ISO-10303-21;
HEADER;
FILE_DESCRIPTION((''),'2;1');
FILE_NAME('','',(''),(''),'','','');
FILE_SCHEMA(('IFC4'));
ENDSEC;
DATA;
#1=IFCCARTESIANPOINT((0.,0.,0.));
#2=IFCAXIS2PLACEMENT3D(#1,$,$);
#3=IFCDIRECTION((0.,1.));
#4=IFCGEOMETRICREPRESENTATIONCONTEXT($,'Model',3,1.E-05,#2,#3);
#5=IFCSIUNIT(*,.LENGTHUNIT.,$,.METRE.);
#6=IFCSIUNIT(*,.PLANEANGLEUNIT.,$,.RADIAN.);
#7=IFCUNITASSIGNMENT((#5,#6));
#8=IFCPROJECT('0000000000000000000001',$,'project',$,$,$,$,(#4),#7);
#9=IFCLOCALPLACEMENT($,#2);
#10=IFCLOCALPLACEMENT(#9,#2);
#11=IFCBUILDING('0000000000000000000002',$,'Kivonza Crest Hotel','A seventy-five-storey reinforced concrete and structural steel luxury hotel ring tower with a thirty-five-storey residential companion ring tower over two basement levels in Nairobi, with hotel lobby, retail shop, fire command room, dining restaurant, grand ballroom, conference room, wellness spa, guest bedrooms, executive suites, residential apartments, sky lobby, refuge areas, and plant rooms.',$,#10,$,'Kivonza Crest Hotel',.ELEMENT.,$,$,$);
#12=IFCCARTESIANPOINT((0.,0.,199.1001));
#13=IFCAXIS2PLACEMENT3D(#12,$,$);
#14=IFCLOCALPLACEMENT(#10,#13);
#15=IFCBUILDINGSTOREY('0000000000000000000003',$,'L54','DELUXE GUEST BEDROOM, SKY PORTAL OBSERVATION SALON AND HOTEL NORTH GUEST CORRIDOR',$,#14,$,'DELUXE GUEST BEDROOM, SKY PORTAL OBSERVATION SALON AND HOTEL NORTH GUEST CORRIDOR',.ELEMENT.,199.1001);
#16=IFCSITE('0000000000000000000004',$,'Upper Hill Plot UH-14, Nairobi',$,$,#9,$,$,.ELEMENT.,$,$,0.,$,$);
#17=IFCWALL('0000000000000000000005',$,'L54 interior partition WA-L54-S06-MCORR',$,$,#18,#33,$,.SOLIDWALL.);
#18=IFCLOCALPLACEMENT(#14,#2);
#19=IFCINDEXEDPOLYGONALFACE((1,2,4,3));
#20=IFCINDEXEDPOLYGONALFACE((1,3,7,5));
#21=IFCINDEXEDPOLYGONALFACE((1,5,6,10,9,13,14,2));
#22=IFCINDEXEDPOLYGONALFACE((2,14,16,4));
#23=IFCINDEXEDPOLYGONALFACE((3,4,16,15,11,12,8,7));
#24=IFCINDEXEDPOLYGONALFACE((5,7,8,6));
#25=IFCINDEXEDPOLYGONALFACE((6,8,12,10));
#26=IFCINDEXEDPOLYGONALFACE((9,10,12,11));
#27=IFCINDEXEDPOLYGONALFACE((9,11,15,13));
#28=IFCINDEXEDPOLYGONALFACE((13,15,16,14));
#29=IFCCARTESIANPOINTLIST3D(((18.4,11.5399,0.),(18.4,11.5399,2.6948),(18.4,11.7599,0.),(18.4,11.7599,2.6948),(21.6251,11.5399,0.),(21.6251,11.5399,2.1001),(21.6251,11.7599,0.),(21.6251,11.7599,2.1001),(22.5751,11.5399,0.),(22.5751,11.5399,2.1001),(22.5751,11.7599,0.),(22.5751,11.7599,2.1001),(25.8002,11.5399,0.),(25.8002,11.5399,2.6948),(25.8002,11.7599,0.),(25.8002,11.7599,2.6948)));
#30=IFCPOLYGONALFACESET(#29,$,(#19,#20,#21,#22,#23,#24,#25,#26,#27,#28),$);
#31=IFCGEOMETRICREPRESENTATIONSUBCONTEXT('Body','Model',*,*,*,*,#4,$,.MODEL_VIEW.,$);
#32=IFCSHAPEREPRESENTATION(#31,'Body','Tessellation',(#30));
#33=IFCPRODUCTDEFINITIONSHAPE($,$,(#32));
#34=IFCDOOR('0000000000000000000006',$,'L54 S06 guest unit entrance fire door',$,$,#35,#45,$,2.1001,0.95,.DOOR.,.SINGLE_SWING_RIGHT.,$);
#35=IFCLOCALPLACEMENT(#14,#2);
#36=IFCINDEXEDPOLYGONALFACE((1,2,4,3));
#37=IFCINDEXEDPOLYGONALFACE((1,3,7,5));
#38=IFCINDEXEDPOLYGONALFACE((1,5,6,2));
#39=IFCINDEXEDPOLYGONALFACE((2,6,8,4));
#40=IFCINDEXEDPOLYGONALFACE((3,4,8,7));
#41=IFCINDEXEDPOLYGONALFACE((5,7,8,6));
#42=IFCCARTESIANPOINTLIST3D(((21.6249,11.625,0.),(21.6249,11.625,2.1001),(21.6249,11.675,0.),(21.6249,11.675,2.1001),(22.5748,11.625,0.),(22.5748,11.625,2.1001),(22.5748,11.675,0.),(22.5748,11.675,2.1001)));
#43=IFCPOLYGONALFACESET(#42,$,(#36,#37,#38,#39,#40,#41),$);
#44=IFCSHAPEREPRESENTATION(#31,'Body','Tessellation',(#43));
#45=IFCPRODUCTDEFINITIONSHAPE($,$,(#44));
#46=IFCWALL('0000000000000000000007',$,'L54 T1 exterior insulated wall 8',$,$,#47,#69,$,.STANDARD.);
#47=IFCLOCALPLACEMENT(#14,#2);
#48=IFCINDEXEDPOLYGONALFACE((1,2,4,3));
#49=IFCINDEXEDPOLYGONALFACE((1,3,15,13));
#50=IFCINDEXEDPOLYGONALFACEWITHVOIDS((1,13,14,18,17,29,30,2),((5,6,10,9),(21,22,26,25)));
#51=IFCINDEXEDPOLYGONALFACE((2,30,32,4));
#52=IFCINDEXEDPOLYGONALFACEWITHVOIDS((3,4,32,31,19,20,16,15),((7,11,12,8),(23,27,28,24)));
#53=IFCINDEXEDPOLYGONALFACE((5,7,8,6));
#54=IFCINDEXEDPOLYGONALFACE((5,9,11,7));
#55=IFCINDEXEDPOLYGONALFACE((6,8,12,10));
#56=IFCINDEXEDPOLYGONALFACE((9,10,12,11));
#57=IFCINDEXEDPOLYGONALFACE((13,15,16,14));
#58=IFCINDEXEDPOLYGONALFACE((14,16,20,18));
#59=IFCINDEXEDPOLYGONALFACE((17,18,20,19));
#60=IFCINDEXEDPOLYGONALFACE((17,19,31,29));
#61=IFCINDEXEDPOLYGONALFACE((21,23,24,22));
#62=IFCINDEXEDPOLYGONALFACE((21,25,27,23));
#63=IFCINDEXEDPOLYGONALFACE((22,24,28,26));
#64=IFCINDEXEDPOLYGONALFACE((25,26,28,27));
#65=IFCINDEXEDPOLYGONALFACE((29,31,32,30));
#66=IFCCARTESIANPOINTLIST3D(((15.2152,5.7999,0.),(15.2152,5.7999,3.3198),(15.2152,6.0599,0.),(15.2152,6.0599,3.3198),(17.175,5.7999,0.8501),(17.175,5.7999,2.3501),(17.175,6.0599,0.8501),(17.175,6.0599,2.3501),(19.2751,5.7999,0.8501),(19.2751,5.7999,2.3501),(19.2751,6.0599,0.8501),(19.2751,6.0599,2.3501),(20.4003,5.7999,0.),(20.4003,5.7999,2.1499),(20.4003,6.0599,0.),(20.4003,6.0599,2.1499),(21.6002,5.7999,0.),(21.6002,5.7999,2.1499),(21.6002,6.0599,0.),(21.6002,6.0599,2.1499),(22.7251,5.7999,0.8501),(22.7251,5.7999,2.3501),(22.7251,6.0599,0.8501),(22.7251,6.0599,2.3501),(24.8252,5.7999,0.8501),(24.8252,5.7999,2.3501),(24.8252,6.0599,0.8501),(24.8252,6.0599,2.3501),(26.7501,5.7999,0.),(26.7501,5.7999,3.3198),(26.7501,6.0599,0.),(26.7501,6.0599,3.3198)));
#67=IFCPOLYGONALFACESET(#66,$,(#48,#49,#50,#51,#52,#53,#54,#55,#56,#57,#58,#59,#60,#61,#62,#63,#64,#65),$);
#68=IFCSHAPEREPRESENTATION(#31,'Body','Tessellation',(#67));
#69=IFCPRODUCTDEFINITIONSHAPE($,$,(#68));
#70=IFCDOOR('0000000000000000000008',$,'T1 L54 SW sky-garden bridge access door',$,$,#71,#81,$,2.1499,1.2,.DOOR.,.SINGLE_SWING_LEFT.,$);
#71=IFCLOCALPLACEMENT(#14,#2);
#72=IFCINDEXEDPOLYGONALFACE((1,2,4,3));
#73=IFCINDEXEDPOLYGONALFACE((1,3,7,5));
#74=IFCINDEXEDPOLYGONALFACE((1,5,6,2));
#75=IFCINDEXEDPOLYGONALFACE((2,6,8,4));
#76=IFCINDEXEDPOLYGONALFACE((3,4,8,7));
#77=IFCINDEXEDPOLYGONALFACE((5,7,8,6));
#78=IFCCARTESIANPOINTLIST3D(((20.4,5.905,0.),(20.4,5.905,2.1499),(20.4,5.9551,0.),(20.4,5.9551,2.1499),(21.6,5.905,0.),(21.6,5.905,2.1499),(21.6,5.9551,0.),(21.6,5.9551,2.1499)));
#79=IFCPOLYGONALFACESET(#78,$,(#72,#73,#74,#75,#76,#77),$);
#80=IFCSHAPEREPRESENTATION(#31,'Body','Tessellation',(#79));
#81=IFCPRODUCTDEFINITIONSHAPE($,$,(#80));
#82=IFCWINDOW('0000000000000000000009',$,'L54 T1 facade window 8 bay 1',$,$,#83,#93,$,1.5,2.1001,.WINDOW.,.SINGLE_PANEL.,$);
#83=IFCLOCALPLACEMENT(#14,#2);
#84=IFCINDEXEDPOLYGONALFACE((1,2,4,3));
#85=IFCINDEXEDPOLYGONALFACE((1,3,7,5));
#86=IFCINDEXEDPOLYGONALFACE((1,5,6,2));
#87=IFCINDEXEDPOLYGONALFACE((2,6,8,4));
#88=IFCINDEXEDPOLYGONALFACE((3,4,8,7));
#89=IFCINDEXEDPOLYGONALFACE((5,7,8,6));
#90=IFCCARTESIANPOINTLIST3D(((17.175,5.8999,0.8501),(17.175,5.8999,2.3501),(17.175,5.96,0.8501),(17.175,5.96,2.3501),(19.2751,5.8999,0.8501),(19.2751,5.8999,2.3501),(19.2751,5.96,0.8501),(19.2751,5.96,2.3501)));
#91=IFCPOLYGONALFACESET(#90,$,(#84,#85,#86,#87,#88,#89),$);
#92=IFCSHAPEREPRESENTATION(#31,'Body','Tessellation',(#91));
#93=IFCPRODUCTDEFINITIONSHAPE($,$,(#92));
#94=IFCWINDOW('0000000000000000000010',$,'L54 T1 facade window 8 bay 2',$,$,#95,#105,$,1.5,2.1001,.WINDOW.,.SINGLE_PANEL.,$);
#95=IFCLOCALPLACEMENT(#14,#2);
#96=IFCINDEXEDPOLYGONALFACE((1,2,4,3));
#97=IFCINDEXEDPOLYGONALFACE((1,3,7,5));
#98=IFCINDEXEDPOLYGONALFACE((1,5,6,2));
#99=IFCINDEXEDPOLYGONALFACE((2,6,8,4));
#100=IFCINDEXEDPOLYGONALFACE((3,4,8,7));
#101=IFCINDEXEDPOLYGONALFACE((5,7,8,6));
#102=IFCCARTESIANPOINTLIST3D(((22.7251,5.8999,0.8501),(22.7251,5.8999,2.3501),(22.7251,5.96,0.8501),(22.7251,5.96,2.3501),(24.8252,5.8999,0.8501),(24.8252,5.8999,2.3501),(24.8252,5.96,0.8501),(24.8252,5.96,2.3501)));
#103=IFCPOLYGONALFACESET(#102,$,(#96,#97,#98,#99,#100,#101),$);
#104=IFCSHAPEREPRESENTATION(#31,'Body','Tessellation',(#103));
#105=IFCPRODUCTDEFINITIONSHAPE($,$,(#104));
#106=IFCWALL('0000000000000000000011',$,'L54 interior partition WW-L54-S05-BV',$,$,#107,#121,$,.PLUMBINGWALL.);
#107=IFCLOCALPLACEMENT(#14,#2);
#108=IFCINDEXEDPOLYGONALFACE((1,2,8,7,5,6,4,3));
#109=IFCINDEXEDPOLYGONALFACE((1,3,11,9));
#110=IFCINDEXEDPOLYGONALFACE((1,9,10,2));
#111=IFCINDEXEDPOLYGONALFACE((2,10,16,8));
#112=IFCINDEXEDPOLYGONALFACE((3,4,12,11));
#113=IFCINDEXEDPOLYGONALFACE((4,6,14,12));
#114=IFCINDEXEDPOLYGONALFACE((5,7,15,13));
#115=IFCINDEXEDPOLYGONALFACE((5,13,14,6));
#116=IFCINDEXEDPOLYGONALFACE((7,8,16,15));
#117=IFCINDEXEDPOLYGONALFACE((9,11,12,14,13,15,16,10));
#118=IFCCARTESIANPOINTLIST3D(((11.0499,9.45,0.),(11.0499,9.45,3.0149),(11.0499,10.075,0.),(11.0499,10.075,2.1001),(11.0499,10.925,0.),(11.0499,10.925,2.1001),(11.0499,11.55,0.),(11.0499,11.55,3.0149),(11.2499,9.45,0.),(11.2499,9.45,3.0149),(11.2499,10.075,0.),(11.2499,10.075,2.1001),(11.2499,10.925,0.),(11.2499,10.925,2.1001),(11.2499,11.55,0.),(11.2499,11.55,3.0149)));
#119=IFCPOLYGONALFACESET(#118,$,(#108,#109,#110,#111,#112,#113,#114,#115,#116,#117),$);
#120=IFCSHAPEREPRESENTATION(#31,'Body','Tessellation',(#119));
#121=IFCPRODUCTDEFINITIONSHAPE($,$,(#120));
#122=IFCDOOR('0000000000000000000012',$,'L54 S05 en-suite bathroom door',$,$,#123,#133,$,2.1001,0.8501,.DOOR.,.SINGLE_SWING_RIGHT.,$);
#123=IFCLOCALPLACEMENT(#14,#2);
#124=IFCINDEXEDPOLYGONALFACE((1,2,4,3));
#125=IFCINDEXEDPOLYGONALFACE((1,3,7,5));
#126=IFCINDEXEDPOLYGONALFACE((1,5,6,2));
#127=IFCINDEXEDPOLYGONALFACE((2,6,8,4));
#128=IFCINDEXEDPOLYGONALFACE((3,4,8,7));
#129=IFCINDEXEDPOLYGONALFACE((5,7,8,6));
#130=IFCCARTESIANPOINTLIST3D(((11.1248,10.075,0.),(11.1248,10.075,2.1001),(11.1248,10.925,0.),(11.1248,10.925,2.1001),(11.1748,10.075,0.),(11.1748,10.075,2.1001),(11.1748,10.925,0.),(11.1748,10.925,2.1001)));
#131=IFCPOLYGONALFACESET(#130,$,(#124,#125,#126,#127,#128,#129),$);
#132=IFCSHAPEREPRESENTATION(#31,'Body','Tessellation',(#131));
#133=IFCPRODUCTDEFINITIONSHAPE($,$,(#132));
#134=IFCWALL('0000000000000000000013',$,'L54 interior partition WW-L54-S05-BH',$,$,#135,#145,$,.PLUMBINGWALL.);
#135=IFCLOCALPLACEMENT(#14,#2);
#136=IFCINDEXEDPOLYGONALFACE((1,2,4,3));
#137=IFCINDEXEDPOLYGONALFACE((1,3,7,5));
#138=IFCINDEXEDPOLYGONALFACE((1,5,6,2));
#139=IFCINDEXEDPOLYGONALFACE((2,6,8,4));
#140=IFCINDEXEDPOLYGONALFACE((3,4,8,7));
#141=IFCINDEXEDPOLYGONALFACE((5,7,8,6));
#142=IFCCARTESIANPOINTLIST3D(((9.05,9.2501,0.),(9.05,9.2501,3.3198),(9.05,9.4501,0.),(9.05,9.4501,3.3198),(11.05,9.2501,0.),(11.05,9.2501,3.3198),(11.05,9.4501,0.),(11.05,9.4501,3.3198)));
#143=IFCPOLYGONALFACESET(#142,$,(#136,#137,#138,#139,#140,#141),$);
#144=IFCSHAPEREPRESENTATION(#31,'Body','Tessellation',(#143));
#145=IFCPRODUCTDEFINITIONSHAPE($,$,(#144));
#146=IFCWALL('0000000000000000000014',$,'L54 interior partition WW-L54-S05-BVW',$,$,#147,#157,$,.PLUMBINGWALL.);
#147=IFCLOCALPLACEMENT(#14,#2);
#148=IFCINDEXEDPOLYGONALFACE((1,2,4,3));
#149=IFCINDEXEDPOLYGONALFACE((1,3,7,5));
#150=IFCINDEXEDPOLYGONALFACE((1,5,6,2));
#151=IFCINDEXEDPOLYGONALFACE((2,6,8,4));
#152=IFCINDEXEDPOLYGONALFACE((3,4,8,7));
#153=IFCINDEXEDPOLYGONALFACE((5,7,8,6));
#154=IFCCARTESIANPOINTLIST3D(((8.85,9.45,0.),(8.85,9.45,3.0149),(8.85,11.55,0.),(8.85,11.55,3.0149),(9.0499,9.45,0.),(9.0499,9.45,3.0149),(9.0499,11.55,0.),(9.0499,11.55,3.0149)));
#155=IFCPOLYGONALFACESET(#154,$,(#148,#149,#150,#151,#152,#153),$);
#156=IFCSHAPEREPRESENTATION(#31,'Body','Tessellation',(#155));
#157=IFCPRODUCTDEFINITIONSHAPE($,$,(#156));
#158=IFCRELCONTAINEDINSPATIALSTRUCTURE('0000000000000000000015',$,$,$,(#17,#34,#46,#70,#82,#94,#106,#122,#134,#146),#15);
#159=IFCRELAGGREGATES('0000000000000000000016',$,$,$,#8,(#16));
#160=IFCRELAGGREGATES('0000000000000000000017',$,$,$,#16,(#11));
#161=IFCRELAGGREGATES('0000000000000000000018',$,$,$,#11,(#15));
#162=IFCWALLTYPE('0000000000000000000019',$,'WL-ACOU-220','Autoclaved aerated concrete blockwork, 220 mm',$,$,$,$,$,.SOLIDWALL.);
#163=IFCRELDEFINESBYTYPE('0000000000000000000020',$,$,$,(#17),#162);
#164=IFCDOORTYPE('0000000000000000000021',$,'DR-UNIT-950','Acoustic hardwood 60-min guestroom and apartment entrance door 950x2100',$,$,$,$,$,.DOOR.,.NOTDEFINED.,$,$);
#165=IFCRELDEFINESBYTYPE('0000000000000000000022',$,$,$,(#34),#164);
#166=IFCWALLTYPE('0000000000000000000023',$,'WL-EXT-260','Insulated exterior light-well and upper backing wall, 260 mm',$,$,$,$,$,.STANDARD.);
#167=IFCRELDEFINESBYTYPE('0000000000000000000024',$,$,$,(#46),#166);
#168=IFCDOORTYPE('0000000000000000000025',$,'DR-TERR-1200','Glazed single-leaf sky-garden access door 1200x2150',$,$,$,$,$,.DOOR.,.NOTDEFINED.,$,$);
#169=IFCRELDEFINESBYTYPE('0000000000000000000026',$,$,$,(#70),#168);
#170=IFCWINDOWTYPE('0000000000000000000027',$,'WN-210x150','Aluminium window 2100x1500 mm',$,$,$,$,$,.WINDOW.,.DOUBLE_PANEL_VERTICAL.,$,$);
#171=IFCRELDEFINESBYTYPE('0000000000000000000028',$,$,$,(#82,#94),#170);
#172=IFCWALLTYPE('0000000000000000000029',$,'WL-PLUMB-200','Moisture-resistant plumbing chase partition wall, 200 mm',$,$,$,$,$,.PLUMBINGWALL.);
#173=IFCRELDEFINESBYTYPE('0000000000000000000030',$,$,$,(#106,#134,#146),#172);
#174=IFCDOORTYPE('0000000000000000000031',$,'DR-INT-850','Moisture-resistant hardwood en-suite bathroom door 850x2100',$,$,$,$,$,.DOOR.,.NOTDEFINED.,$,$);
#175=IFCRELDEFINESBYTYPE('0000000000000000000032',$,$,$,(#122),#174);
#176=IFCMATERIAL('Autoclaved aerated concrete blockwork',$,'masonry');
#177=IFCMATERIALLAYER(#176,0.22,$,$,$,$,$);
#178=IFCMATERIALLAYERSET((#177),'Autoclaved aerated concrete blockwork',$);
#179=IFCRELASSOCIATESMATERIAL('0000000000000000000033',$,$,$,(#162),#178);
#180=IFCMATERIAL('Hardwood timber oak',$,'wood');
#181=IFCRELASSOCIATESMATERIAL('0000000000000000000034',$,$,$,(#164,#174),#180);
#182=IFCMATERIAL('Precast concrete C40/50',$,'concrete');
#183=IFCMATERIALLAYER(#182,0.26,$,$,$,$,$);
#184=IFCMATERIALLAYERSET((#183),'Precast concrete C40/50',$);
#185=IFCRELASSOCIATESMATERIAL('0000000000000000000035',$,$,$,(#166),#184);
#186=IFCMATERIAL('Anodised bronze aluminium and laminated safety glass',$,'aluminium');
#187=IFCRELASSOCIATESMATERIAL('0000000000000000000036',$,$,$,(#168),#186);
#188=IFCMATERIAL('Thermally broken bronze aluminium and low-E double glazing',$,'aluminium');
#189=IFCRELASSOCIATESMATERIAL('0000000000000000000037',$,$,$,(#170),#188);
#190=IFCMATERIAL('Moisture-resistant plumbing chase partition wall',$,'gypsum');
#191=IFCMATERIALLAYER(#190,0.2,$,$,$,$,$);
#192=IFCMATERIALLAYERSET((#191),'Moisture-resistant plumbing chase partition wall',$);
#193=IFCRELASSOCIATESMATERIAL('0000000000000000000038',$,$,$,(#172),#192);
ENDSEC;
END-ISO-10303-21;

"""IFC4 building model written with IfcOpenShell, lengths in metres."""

from ifc_helpers import new_model, si_unit, direction, frame, frame_2d, origin, place, context, subcontext, project, spatial, rectangle, extrude, material, layer, layer_set, type_object, element, fill, save


model = new_model("IFC4")

# Units and contexts
model_context = context("Model", 3, precision=1e-05, world=origin(), true_north=direction((0.0, 1.0)))
body_context = subcontext(model_context, "Body", "Model", "MODEL_VIEW")
ifc_project = project(units=[si_unit("LENGTHUNIT", "METRE"), si_unit("PLANEANGLEUNIT", "RADIAN")], contexts=[model_context])

# Site, building, storey
site_placement = place(None, origin())
site = spatial("IfcSite", under=ifc_project, at=site_placement, Name="Upper Hill Plot UH-14, Nairobi", CompositionType="ELEMENT", RefElevation=0.0)
building_placement = place(site_placement, origin())
building = spatial("IfcBuilding", under=site, at=building_placement, Name="Kivonza Crest Hotel", Description="A seventy-five-storey reinforced concrete and structural steel luxury hotel ring tower with a thirty-five-storey residential companion ring tower over two basement levels in Nairobi, with hotel lobby, retail shop, fire command room, dining restaurant, grand ballroom, conference room, wellness spa, guest bedrooms, executive suites, residential apartments, sky lobby, refuge areas, and plant rooms.", LongName="Kivonza Crest Hotel", CompositionType="ELEMENT")
storey_placement = place(building_placement, frame((0.0, 0.0, 199.1001)))
storey = spatial("IfcBuildingStorey", under=building, at=storey_placement, Name="L54", Description="DELUXE GUEST BEDROOM, SKY PORTAL OBSERVATION SALON AND HOTEL NORTH GUEST CORRIDOR", LongName="DELUXE GUEST BEDROOM, SKY PORTAL OBSERVATION SALON AND HOTEL NORTH GUEST CORRIDOR", CompositionType="ELEMENT", Elevation=199.1001)

# Shared definitions
ifc_material_1 = material(Name="Autoclaved aerated concrete blockwork", Category="masonry")
ifc_layer_1 = layer(ifc_material_1, 0.22)
ifc_layer_set_1 = layer_set([ifc_layer_1], Name="Autoclaved aerated concrete blockwork")
wall_type_1 = type_object("IfcWallType", Name="WL-ACOU-220", Description="Autoclaved aerated concrete blockwork, 220 mm", PredefinedType="SOLIDWALL", material=ifc_layer_set_1)

# Shared definitions
ifc_material_2 = material(Name="Hardwood timber oak", Category="wood")
door_type_1 = type_object("IfcDoorType", Name="DR-UNIT-950", Description="Acoustic hardwood 60-min guestroom and apartment entrance door 950x2100", OperationType="NOTDEFINED", PredefinedType="DOOR", material=ifc_material_2)

# Wall, opening, door
wall_1_placement = place(storey_placement, frame((18.3999, 11.6499, 0.0), z_axis=(0.0, 0.0, 1.0), x_axis=(1.0, 0.0, 0.0)))
wall_1 = element("IfcWall", 1, at=wall_1_placement, inside=storey, type_object=wall_type_1, Name="L54 interior partition WA-L54-S06-MCORR", PredefinedType="SOLIDWALL", context=body_context, shape_type="SweptSolid", body=[
    extrude(rectangle(XDim=7.4001, YDim=0.22, at=frame_2d((3.7002, 0.0))), origin(), (0.0, 0.0, 1.0), 2.6948),
])
opening_1_placement = place(wall_1_placement, frame((3.2251, 0.0, 0.0)))
opening_1 = element("IfcOpeningElement", 2, at=opening_1_placement, cuts=wall_1, PredefinedType="OPENING", context=body_context, shape_type="SweptSolid", body=[
    extrude(rectangle(XDim=0.95, YDim=2.1001, at=frame_2d((0.4751, 1.05))), frame((0.0, 0.1201, 0.0), z_axis=(0.0, -1.0, 0.0), x_axis=(1.0, 0.0, 0.0)), (0.0, 0.0, 1.0), 0.24),
])
door_1_placement = place(opening_1_placement, frame((0.95, 0.0, 0.0), z_axis=(0.0, 0.0, 1.0), x_axis=(-1.0, 0.0, 0.0)))
door_1 = element("IfcDoor", 3, at=door_1_placement, inside=storey, type_object=door_type_1, Name="L54 S06 guest unit entrance fire door", OperationType="SINGLE_SWING_RIGHT", OverallHeight=2.1001, OverallWidth=0.95, PredefinedType="DOOR", context=body_context, shape_type="SweptSolid", body=[
    extrude(rectangle(XDim=0.95, YDim=2.1001, at=frame_2d((0.4751, 1.05))), frame((0.0, 0.0249, 0.0), z_axis=(0.0, -1.0, 0.0), x_axis=(1.0, 0.0, 0.0)), (0.0, 0.0, 1.0), 0.05),
])
fill(opening_1, door_1)

# Wall, openings, door, windows
ifc_material_3 = material(Name="Precast concrete C40/50", Category="concrete")
ifc_layer_2 = layer(ifc_material_3, 0.26)
ifc_layer_set_2 = layer_set([ifc_layer_2], Name="Precast concrete C40/50")
wall_type_2 = type_object("IfcWallType", Name="WL-EXT-260", Description="Insulated exterior light-well and upper backing wall, 260 mm", PredefinedType="STANDARD", material=ifc_layer_set_2)
wall_2_placement = place(storey_placement, frame((15.2151, 5.9299, 0.0), z_axis=(0.0, 0.0, 1.0), x_axis=(1.0, 0.0, 0.0)))
wall_2 = element("IfcWall", 4, at=wall_2_placement, inside=storey, type_object=wall_type_2, Name="L54 T1 exterior insulated wall 8", PredefinedType="STANDARD", context=body_context, shape_type="SweptSolid", body=[
    extrude(rectangle(XDim=11.5349, YDim=0.26, at=frame_2d((5.7676, 0.0))), origin(), (0.0, 0.0, 1.0), 3.3198),
])
opening_2_placement = place(wall_2_placement, frame((5.1851, 0.0, 0.0)))
opening_2 = element("IfcOpeningElement", 5, at=opening_2_placement, cuts=wall_2, PredefinedType="OPENING", context=body_context, shape_type="SweptSolid", body=[
    extrude(rectangle(XDim=1.2, YDim=2.1499, at=frame_2d((0.6001, 1.075))), frame((0.0, 0.1401, 0.0), z_axis=(0.0, -1.0, 0.0), x_axis=(1.0, 0.0, 0.0)), (0.0, 0.0, 1.0), 0.28),
])
opening_3_placement = place(wall_2_placement, frame((1.96, 0.0, 0.8501)))
opening_3 = element("IfcOpeningElement", 6, at=opening_3_placement, cuts=wall_2, PredefinedType="OPENING", context=body_context, shape_type="SweptSolid", body=[
    extrude(rectangle(XDim=2.1001, YDim=1.5, at=frame_2d((1.05, 0.75))), frame((0.0, 0.1401, 0.0), z_axis=(0.0, -1.0, 0.0), x_axis=(1.0, 0.0, 0.0)), (0.0, 0.0, 1.0), 0.28),
])
opening_4_placement = place(wall_2_placement, frame((7.51, 0.0, 0.8501)))
opening_4 = element("IfcOpeningElement", 7, at=opening_4_placement, cuts=wall_2, PredefinedType="OPENING", context=body_context, shape_type="SweptSolid", body=[
    extrude(rectangle(XDim=2.1001, YDim=1.5, at=frame_2d((1.05, 0.75))), frame((0.0, 0.1401, 0.0), z_axis=(0.0, -1.0, 0.0), x_axis=(1.0, 0.0, 0.0)), (0.0, 0.0, 1.0), 0.28),
])
ifc_material_4 = material(Name="Anodised bronze aluminium and laminated safety glass", Category="aluminium")
door_type_2 = type_object("IfcDoorType", Name="DR-TERR-1200", Description="Glazed single-leaf sky-garden access door 1200x2150", OperationType="NOTDEFINED", PredefinedType="DOOR", material=ifc_material_4)
door_2_placement = place(opening_2_placement, frame((1.2, 0.0, 0.0), z_axis=(0.0, 0.0, 1.0), x_axis=(-1.0, 0.0, 0.0)))
door_2 = element("IfcDoor", 8, at=door_2_placement, inside=storey, type_object=door_type_2, Name="T1 L54 SW sky-garden bridge access door", OperationType="SINGLE_SWING_LEFT", OverallHeight=2.1499, OverallWidth=1.2, PredefinedType="DOOR", context=body_context, shape_type="SweptSolid", body=[
    extrude(rectangle(XDim=1.2, YDim=2.1499, at=frame_2d((0.6001, 1.075))), frame((0.0, 0.0249, 0.0), z_axis=(0.0, -1.0, 0.0), x_axis=(1.0, 0.0, 0.0)), (0.0, 0.0, 1.0), 0.05),
])
fill(opening_2, door_2)
ifc_material_5 = material(Name="Thermally broken bronze aluminium and low-E double glazing", Category="aluminium")
window_type = type_object("IfcWindowType", Name="WN-210x150", Description="Aluminium window 2100x1500 mm", PartitioningType="DOUBLE_PANEL_VERTICAL", PredefinedType="WINDOW", material=ifc_material_5)
window_1_placement = place(opening_3_placement, origin())
window_1 = element("IfcWindow", 9, at=window_1_placement, inside=storey, type_object=window_type, Name="L54 T1 facade window 8 bay 1", OverallHeight=1.5, OverallWidth=2.1001, PartitioningType="SINGLE_PANEL", PredefinedType="WINDOW", context=body_context, shape_type="SweptSolid", body=[
    extrude(rectangle(XDim=2.1001, YDim=1.5, at=frame_2d((1.05, 0.75))), frame((0.0, 0.03, 0.0), z_axis=(0.0, -1.0, 0.0), x_axis=(1.0, 0.0, 0.0)), (0.0, 0.0, 1.0), 0.0601),
])
fill(opening_3, window_1)
window_2_placement = place(opening_4_placement, origin())
window_2 = element("IfcWindow", 10, at=window_2_placement, inside=storey, type_object=window_type, Name="L54 T1 facade window 8 bay 2", OverallHeight=1.5, OverallWidth=2.1001, PartitioningType="SINGLE_PANEL", PredefinedType="WINDOW", context=body_context, shape_type="SweptSolid", body=[
    extrude(rectangle(XDim=2.1001, YDim=1.5, at=frame_2d((1.05, 0.75))), frame((0.0, 0.03, 0.0), z_axis=(0.0, -1.0, 0.0), x_axis=(1.0, 0.0, 0.0)), (0.0, 0.0, 1.0), 0.0601),
])
fill(opening_4, window_2)

# Wall, opening, door
ifc_material_6 = material(Name="Moisture-resistant plumbing chase partition wall", Category="gypsum")
ifc_layer_3 = layer(ifc_material_6, 0.2)
ifc_layer_set_3 = layer_set([ifc_layer_3], Name="Moisture-resistant plumbing chase partition wall")
wall_type_3 = type_object("IfcWallType", Name="WL-PLUMB-200", Description="Moisture-resistant plumbing chase partition wall, 200 mm", PredefinedType="PLUMBINGWALL", material=ifc_layer_set_3)
wall_3_placement = place(storey_placement, frame((11.1499, 9.45, 0.0), z_axis=(0.0, 0.0, 1.0), x_axis=(0.0, 1.0, 0.0)))
wall_3 = element("IfcWall", 11, at=wall_3_placement, inside=storey, type_object=wall_type_3, Name="L54 interior partition WW-L54-S05-BV", PredefinedType="PLUMBINGWALL", context=body_context, shape_type="SweptSolid", body=[
    extrude(rectangle(XDim=2.1001, YDim=0.2, at=frame_2d((1.05, 0.0))), origin(), (0.0, 0.0, 1.0), 3.0149),
])
opening_5_placement = place(wall_3_placement, frame((0.625, 0.0, 0.0)))
opening_5 = element("IfcOpeningElement", 12, at=opening_5_placement, cuts=wall_3, PredefinedType="OPENING", context=body_context, shape_type="SweptSolid", body=[
    extrude(rectangle(XDim=0.8501, YDim=2.1001, at=frame_2d((0.425, 1.05))), frame((0.0, 0.1099, 0.0), z_axis=(0.0, -1.0, 0.0), x_axis=(1.0, 0.0, 0.0)), (0.0, 0.0, 1.0), 0.22),
])
door_type_3 = type_object("IfcDoorType", Name="DR-INT-850", Description="Moisture-resistant hardwood en-suite bathroom door 850x2100", OperationType="NOTDEFINED", PredefinedType="DOOR", material=ifc_material_2)
door_3_placement = place(opening_5_placement, frame((0.8501, 0.0, 0.0), z_axis=(0.0, 0.0, 1.0), x_axis=(-1.0, 0.0, 0.0)))
door_3 = element("IfcDoor", 13, at=door_3_placement, inside=storey, type_object=door_type_3, Name="L54 S05 en-suite bathroom door", OperationType="SINGLE_SWING_RIGHT", OverallHeight=2.1001, OverallWidth=0.8501, PredefinedType="DOOR", context=body_context, shape_type="SweptSolid", body=[
    extrude(rectangle(XDim=0.8501, YDim=2.1001, at=frame_2d((0.425, 1.05))), frame((0.0, 0.0249, 0.0), z_axis=(0.0, -1.0, 0.0), x_axis=(1.0, 0.0, 0.0)), (0.0, 0.0, 1.0), 0.05),
])
fill(opening_5, door_3)

# Walls
wall_4_placement = place(storey_placement, frame((9.05, 9.3501, 0.0), z_axis=(0.0, 0.0, 1.0), x_axis=(1.0, 0.0, 0.0)))
element("IfcWall", 14, at=wall_4_placement, inside=storey, type_object=wall_type_3, Name="L54 interior partition WW-L54-S05-BH", PredefinedType="PLUMBINGWALL", context=body_context, shape_type="SweptSolid", body=[
    extrude(rectangle(XDim=2.0, YDim=0.2, at=frame_2d((1.0, 0.0))), origin(), (0.0, 0.0, 1.0), 3.3198),
])
wall_5_placement = place(storey_placement, frame((8.95, 9.45, 0.0), z_axis=(0.0, 0.0, 1.0), x_axis=(0.0, 1.0, 0.0)))
element("IfcWall", 15, at=wall_5_placement, inside=storey, type_object=wall_type_3, Name="L54 interior partition WW-L54-S05-BVW", PredefinedType="PLUMBINGWALL", context=body_context, shape_type="SweptSolid", body=[
    extrude(rectangle(XDim=2.1001, YDim=0.2, at=frame_2d((1.05, 0.0))), origin(), (0.0, 0.0, 1.0), 3.0149),
])

save(model, "model.ifc")
